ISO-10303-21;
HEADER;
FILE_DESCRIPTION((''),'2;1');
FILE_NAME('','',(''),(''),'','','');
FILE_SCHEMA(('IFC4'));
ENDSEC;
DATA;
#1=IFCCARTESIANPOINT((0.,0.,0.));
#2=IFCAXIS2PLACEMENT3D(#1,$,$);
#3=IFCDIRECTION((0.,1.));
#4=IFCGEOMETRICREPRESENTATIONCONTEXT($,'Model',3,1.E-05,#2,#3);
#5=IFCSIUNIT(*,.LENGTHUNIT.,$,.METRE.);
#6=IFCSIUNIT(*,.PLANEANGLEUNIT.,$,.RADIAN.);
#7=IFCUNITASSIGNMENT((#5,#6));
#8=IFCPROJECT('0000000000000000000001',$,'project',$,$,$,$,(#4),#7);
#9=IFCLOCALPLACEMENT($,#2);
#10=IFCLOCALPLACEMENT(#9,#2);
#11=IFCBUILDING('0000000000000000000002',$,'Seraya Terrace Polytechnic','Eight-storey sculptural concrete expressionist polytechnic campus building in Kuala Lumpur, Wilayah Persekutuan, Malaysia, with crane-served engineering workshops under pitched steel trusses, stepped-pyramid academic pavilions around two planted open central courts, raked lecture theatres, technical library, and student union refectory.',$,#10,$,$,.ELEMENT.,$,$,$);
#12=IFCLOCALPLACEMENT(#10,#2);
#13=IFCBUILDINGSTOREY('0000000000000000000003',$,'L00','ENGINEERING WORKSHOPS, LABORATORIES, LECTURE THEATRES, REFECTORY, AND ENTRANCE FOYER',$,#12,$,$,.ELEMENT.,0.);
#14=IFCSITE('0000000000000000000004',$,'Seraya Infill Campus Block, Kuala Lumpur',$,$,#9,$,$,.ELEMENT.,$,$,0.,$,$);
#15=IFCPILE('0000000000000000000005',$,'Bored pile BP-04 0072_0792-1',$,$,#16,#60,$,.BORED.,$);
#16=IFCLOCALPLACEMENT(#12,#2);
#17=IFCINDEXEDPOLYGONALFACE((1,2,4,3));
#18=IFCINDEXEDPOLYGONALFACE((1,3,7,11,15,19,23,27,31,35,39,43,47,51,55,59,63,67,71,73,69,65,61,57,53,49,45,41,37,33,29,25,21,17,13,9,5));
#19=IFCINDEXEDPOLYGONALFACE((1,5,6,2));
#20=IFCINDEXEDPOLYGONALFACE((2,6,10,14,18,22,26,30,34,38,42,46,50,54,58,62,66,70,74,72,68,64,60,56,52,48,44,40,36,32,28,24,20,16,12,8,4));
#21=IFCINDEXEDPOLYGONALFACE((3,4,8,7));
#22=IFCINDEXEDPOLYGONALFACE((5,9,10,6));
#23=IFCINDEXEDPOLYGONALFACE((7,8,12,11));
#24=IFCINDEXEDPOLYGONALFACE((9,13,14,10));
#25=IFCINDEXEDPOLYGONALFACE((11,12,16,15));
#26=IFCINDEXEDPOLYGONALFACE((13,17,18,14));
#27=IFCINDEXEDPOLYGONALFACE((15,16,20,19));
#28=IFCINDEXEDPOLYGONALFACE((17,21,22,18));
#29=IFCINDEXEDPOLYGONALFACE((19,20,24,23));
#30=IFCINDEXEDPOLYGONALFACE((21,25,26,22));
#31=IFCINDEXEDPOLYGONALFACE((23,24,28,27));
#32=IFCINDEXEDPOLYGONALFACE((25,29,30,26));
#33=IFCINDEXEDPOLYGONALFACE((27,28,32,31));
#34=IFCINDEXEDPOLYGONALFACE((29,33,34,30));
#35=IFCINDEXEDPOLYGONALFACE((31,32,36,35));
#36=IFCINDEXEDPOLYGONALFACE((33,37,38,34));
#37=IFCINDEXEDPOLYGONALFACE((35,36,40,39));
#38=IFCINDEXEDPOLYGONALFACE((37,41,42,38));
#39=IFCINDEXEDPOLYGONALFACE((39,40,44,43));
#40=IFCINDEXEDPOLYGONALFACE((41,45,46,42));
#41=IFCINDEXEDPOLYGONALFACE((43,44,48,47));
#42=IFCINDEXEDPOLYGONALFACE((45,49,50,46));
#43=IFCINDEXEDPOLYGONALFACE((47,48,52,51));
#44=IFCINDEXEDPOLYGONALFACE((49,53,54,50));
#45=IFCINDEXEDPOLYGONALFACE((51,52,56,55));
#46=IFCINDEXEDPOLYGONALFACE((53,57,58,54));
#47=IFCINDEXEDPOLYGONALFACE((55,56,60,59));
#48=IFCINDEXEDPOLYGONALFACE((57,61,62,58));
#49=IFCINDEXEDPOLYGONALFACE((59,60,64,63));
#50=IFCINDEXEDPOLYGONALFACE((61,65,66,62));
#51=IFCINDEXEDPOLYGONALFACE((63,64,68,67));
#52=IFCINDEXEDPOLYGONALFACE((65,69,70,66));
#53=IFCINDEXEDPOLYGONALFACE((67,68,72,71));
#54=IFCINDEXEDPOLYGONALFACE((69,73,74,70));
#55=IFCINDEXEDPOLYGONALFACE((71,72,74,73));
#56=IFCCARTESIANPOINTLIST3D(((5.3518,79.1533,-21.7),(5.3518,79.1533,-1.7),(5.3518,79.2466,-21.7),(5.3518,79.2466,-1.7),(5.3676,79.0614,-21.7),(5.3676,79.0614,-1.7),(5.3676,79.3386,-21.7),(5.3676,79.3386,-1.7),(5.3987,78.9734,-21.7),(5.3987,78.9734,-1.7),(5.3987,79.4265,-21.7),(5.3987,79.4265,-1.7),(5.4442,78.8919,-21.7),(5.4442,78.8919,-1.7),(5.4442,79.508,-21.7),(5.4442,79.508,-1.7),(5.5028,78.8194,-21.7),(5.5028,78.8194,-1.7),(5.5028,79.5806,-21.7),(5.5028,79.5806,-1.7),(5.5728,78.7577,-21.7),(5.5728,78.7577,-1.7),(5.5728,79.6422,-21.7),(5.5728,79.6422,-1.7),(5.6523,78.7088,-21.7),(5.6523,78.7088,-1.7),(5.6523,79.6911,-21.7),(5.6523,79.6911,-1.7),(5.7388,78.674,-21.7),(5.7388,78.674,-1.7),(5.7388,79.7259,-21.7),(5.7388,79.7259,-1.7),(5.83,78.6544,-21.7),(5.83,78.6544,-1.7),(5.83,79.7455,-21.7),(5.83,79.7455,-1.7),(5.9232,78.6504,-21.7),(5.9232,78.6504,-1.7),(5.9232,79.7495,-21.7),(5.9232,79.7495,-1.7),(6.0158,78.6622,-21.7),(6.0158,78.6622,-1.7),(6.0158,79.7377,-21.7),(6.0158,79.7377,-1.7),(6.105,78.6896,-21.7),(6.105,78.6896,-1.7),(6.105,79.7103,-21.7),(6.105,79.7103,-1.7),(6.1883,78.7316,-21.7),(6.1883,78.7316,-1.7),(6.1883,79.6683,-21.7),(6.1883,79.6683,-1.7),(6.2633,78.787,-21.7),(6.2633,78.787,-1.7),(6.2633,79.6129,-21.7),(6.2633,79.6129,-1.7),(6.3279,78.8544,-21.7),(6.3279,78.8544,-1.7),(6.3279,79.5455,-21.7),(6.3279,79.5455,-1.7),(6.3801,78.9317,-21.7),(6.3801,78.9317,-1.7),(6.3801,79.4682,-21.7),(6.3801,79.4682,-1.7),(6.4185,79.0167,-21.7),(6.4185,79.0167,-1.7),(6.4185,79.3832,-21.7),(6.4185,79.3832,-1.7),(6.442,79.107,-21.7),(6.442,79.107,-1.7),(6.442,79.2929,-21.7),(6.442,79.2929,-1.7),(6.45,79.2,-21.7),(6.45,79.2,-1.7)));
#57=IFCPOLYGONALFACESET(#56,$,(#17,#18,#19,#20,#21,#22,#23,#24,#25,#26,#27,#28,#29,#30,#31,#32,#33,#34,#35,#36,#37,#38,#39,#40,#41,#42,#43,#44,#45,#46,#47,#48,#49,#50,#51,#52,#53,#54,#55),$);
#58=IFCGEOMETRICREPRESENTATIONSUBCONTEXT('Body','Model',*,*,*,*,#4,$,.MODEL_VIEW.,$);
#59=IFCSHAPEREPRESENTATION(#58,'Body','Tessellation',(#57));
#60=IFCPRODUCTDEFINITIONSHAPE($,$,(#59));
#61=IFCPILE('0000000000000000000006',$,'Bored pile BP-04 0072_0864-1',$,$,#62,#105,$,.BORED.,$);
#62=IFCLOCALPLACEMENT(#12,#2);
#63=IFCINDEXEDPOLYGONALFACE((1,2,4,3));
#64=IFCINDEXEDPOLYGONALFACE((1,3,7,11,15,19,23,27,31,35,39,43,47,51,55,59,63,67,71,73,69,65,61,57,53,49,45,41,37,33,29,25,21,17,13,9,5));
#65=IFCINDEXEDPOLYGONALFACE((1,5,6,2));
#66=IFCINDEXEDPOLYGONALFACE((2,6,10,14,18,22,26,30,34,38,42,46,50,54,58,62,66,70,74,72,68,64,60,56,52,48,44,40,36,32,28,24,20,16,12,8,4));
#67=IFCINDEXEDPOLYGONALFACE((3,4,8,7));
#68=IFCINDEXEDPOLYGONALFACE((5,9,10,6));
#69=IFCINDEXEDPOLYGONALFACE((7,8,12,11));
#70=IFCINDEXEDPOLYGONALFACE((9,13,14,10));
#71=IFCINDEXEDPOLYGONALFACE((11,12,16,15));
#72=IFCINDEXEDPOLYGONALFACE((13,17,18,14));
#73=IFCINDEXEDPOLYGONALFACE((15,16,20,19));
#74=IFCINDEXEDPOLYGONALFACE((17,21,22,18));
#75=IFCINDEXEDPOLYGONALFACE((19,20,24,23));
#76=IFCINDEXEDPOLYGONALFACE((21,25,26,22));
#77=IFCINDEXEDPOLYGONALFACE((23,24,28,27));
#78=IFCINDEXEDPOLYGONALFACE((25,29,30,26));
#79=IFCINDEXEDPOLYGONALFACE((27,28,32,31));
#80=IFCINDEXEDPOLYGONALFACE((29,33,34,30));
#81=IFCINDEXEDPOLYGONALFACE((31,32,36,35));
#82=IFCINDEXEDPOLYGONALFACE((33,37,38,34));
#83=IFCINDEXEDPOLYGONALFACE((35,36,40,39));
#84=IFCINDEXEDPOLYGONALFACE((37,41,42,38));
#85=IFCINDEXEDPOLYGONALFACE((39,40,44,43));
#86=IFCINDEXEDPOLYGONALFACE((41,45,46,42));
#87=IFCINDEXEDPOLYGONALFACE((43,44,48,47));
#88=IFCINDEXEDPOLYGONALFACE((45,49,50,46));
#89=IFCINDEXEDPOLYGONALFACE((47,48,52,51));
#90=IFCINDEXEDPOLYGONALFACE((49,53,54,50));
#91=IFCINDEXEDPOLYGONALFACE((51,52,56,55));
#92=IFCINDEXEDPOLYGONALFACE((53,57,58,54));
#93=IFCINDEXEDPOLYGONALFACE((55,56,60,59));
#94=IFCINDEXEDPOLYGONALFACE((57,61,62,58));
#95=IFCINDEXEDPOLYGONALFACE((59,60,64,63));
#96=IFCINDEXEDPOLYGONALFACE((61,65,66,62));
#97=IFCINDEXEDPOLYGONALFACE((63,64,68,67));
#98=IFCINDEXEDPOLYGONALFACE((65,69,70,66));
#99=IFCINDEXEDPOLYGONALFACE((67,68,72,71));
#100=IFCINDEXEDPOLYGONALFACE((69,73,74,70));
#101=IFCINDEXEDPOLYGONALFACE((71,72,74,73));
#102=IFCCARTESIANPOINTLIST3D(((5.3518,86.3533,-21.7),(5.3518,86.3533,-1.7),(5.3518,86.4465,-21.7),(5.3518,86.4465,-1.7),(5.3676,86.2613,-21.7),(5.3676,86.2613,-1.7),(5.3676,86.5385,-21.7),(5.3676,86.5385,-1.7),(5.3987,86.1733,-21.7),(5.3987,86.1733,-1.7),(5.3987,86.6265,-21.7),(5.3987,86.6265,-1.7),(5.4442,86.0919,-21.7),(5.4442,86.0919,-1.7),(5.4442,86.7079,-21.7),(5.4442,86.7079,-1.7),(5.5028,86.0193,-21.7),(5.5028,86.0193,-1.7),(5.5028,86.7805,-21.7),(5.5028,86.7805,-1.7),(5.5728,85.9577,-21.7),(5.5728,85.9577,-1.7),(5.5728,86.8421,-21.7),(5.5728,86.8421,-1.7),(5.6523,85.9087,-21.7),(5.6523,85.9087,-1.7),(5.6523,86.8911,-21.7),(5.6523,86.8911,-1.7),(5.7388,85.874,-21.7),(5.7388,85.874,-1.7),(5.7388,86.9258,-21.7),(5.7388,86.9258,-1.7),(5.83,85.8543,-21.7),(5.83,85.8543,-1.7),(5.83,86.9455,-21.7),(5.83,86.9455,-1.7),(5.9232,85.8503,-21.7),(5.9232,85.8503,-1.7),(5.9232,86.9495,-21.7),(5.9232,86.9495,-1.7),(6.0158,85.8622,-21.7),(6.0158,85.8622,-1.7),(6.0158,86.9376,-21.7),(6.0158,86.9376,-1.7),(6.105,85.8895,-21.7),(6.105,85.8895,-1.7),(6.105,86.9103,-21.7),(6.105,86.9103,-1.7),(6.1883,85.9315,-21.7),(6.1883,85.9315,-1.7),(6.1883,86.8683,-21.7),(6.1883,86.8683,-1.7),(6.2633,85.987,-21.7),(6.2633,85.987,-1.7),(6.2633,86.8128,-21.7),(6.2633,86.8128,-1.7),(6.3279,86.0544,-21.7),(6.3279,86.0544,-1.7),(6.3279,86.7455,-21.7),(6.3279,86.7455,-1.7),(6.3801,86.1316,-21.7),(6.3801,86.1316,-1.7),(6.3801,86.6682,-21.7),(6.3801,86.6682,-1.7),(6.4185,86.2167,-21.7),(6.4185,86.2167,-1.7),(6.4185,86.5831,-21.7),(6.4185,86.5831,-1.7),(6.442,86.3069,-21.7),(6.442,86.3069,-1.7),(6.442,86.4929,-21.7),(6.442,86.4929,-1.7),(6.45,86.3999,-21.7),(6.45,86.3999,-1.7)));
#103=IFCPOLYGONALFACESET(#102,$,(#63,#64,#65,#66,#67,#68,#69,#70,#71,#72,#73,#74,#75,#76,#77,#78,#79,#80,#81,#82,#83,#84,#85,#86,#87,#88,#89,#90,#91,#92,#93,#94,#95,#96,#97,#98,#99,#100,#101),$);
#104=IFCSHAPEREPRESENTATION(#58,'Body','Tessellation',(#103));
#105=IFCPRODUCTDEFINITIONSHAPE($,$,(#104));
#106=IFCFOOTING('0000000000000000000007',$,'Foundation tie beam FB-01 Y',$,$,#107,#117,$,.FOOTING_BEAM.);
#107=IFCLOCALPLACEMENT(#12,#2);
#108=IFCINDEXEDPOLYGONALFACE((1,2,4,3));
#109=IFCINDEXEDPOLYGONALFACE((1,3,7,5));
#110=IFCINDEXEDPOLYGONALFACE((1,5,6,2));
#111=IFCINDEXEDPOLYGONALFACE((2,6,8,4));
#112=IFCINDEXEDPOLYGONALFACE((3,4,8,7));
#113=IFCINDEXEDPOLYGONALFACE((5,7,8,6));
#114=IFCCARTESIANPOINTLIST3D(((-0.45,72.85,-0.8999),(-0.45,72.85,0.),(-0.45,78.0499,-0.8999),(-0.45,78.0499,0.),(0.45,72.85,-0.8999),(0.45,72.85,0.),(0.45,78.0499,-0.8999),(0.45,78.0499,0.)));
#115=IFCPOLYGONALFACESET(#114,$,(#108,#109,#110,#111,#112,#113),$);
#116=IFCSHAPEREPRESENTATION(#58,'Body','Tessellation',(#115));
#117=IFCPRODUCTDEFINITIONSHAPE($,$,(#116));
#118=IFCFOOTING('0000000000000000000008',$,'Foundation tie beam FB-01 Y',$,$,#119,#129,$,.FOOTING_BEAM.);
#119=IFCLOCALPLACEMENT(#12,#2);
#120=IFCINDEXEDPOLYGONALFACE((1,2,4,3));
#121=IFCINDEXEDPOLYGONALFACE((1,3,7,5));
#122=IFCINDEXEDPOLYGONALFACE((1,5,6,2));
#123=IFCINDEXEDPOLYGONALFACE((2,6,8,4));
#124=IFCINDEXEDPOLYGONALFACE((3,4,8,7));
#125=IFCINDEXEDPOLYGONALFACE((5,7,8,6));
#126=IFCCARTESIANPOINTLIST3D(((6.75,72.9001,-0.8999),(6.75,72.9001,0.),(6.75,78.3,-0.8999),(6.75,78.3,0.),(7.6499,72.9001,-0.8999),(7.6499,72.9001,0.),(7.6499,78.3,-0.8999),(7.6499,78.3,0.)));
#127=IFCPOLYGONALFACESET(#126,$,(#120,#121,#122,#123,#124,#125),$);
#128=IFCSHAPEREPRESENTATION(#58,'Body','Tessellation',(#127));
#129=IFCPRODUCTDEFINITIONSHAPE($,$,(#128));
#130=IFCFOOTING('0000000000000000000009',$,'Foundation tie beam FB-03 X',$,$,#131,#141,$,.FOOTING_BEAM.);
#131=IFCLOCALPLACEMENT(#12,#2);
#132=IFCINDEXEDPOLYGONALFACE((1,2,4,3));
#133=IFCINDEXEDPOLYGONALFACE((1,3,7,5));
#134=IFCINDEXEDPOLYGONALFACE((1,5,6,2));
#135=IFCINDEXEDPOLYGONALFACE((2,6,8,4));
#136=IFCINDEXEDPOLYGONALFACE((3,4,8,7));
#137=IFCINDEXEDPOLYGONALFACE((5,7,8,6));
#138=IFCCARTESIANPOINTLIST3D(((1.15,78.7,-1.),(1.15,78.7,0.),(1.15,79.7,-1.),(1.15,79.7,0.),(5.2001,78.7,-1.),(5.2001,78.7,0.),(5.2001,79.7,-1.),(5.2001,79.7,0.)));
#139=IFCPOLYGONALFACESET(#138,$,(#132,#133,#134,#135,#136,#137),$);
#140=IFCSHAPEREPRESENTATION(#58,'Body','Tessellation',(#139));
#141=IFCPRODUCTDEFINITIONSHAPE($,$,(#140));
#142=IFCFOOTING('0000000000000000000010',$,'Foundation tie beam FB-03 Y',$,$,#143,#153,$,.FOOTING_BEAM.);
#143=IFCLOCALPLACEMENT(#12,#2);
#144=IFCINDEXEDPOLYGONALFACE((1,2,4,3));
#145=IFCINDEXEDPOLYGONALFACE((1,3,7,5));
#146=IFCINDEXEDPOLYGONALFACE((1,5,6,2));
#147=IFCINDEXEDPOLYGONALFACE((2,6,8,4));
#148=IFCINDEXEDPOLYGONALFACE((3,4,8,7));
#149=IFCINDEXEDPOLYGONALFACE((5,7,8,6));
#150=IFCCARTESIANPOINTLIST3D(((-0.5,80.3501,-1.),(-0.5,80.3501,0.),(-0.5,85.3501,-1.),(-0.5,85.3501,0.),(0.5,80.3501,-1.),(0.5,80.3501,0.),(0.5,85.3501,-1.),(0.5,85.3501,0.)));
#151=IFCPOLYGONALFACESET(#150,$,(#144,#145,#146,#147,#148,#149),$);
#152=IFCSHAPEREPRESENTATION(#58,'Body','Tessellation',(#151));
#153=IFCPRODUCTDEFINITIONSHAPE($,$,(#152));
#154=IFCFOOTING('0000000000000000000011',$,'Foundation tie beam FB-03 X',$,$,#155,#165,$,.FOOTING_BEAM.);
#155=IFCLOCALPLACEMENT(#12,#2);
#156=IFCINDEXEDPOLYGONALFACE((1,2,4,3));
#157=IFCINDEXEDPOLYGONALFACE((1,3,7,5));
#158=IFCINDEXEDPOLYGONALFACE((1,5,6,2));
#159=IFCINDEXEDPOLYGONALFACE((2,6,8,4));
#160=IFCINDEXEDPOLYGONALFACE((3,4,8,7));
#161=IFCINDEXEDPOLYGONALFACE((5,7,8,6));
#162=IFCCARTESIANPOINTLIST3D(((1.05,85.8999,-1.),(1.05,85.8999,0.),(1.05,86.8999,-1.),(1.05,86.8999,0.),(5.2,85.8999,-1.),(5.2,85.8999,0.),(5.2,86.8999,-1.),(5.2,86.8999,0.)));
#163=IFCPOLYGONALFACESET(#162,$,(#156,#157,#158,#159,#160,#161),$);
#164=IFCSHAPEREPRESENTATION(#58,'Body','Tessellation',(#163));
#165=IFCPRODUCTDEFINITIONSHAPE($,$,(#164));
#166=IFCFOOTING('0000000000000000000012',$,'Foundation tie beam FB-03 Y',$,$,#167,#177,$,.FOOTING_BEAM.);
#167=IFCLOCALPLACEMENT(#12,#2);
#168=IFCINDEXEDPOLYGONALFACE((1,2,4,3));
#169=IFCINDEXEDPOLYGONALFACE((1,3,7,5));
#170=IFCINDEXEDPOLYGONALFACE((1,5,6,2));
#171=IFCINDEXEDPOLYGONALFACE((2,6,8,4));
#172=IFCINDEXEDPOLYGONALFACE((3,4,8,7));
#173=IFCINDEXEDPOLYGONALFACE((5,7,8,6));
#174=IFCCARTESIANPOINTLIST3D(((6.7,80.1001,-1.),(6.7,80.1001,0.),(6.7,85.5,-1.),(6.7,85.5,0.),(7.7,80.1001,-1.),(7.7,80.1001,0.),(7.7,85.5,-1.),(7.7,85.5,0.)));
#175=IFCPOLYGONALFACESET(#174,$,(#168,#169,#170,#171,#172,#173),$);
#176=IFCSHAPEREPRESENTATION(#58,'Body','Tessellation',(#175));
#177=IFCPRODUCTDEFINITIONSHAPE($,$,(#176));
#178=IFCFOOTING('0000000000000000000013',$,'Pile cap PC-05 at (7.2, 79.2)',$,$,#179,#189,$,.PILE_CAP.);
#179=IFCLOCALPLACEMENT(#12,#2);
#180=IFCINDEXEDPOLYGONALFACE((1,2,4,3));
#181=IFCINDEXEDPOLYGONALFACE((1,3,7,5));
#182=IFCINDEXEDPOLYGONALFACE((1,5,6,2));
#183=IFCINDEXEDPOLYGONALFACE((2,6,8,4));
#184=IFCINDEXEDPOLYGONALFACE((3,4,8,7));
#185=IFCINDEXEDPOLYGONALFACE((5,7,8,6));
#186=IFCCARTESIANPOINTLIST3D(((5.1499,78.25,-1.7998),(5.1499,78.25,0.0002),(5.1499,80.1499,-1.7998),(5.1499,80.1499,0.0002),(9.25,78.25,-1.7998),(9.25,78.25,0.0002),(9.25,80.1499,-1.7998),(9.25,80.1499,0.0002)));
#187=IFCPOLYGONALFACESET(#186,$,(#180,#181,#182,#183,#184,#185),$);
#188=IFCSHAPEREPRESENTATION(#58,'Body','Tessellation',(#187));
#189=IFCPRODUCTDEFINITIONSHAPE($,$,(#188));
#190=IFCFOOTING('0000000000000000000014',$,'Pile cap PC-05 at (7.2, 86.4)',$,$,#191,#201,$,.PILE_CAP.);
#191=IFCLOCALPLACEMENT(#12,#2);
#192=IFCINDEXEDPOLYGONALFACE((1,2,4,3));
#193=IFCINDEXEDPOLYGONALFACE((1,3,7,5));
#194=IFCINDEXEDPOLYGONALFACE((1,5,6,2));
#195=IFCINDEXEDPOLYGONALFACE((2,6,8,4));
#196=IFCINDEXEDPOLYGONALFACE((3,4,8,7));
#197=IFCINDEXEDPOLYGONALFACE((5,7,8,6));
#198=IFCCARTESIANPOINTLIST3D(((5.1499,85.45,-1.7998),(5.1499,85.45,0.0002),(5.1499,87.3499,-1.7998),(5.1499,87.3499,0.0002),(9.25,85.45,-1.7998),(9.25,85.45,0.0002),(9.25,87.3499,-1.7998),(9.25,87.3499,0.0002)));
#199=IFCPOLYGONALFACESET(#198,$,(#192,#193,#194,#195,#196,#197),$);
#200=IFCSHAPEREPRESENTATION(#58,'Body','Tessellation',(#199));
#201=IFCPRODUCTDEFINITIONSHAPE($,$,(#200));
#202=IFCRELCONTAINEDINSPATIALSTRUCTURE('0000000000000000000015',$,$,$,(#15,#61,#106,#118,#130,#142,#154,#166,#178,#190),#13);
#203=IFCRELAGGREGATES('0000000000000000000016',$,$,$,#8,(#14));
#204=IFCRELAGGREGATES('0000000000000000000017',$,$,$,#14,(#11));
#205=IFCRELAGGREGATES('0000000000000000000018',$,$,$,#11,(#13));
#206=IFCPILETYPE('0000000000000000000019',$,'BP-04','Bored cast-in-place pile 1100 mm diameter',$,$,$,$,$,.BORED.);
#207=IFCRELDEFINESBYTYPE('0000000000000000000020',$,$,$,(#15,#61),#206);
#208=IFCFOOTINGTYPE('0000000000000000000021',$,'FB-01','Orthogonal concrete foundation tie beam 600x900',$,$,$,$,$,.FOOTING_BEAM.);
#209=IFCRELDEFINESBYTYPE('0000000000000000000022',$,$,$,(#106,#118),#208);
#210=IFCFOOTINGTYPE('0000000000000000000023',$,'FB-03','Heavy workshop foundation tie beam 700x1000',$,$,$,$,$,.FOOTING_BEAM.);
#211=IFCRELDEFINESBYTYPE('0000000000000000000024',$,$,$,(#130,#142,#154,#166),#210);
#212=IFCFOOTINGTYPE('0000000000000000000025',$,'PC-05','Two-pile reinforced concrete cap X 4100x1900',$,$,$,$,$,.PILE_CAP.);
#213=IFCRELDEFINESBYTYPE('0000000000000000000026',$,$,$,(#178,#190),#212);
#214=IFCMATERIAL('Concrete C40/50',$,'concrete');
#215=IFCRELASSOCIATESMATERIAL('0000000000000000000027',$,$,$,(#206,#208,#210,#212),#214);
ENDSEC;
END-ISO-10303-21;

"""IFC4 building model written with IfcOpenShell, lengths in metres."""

from ifc_helpers import new_model, si_unit, direction, frame, origin, origin_2d, place, context, subcontext, project, spatial, rectangle, circle, extrude, material, material_profile, profile_set, type_object, element, save


model = new_model("IFC4")

# Units and contexts
model_context = context("Model", 3, precision=1e-05, world=origin(), true_north=direction((0.0, 1.0)))
body_context = subcontext(model_context, "Body", "Model", "MODEL_VIEW")
ifc_project = project(units=[si_unit("LENGTHUNIT", "METRE"), si_unit("PLANEANGLEUNIT", "RADIAN")], contexts=[model_context])

# Site, building, storey
site_placement = place(None, origin())
site = spatial("IfcSite", under=ifc_project, at=site_placement, Name="Seraya Infill Campus Block, Kuala Lumpur", CompositionType="ELEMENT", RefElevation=0.0)
building_placement = place(site_placement, origin())
building = spatial("IfcBuilding", under=site, at=building_placement, Name="Seraya Terrace Polytechnic", Description="Eight-storey sculptural concrete expressionist polytechnic campus building in Kuala Lumpur, Wilayah Persekutuan, Malaysia, with crane-served engineering workshops under pitched steel trusses, stepped-pyramid academic pavilions around two planted open central courts, raked lecture theatres, technical library, and student union refectory.", CompositionType="ELEMENT")
storey_placement = place(building_placement, origin())
storey = spatial("IfcBuildingStorey", under=building, at=storey_placement, Name="L00", Description="ENGINEERING WORKSHOPS, LABORATORIES, LECTURE THEATRES, REFECTORY, AND ENTRANCE FOYER", CompositionType="ELEMENT", Elevation=0.0)

# Piles
ifc_material_1 = material(Name="Concrete C40/50", Category="concrete")
ifc_material_profile_1 = material_profile(ifc_material_1, circle(Radius=0.55, at=origin_2d()), Name="DIA 1100")
ifc_profile_set_1 = profile_set([ifc_material_profile_1], Name="Concrete C40/50")
pile_type = type_object("IfcPileType", Name="BP-04", Description="Bored cast-in-place pile 1100 mm diameter", PredefinedType="BORED", material=ifc_profile_set_1)
for number, where, z_axis, x_axis, name in (
    (1, (5.8999, 79.2, -1.7), (0.0, 0.0, -1.0), (1.0, 0.0, 0.0), "Bored pile BP-04 0072_0792-1"),
    (2, (5.8999, 86.3999, -1.7), (0.0, 0.0, -1.0), (1.0, 0.0, 0.0), "Bored pile BP-04 0072_0864-1"),
):
    element("IfcPile", number, at=place(storey_placement, frame(where, z_axis=z_axis, x_axis=x_axis)), inside=storey, type_object=pile_type, Name=name, PredefinedType="BORED", context=body_context, shape_type="SweptSolid", body=[
        extrude(circle(Radius=0.55, at=origin_2d()), origin(), (0.0, 0.0, 1.0), 20.0),
    ])

# Footings
footing_type_1 = type_object("IfcFootingType", Name="FB-01", Description="Orthogonal concrete foundation tie beam 600x900", PredefinedType="FOOTING_BEAM", material=ifc_material_1)
footing_1_placement = place(storey_placement, frame((0.0, 75.45, -0.8999), z_axis=(0.0, 0.0, 1.0), x_axis=(0.0, 1.0, 0.0)))
element("IfcFooting", 3, at=footing_1_placement, inside=storey, type_object=footing_type_1, Name="Foundation tie beam FB-01 Y", PredefinedType="FOOTING_BEAM", context=body_context, shape_type="SweptSolid", body=[
    extrude(rectangle(XDim=5.2, YDim=0.8999, at=origin_2d()), origin(), (0.0, 0.0, 1.0), 0.8999),
])
footing_2_placement = place(storey_placement, frame((7.2, 75.6001, -0.8999), z_axis=(0.0, 0.0, 1.0), x_axis=(0.0, 1.0, 0.0)))
element("IfcFooting", 4, at=footing_2_placement, inside=storey, type_object=footing_type_1, Name="Foundation tie beam FB-01 Y", PredefinedType="FOOTING_BEAM", context=body_context, shape_type="SweptSolid", body=[
    extrude(rectangle(XDim=5.3999, YDim=0.8999, at=origin_2d()), origin(), (0.0, 0.0, 1.0), 0.8999),
])
footing_type_2 = type_object("IfcFootingType", Name="FB-03", Description="Heavy workshop foundation tie beam 700x1000", PredefinedType="FOOTING_BEAM", material=ifc_material_1)
footing_3_placement = place(storey_placement, frame((3.175, 79.2, -1.0), z_axis=(0.0, 0.0, 1.0), x_axis=(1.0, 0.0, 0.0)))
element("IfcFooting", 5, at=footing_3_placement, inside=storey, type_object=footing_type_2, Name="Foundation tie beam FB-03 X", PredefinedType="FOOTING_BEAM", context=body_context, shape_type="SweptSolid", body=[
    extrude(rectangle(XDim=4.05, YDim=1.0, at=origin_2d()), origin(), (0.0, 0.0, 1.0), 1.0),
])
footing_4_placement = place(storey_placement, frame((0.0, 82.8501, -1.0), z_axis=(0.0, 0.0, 1.0), x_axis=(0.0, 1.0, 0.0)))
element("IfcFooting", 6, at=footing_4_placement, inside=storey, type_object=footing_type_2, Name="Foundation tie beam FB-03 Y", PredefinedType="FOOTING_BEAM", context=body_context, shape_type="SweptSolid", body=[
    extrude(rectangle(XDim=5.0, YDim=1.0, at=origin_2d()), origin(), (0.0, 0.0, 1.0), 1.0),
])
footing_5_placement = place(storey_placement, frame((3.125, 86.3999, -1.0), z_axis=(0.0, 0.0, 1.0), x_axis=(1.0, 0.0, 0.0)))
element("IfcFooting", 7, at=footing_5_placement, inside=storey, type_object=footing_type_2, Name="Foundation tie beam FB-03 X", PredefinedType="FOOTING_BEAM", context=body_context, shape_type="SweptSolid", body=[
    extrude(rectangle(XDim=4.1499, YDim=1.0, at=origin_2d()), origin(), (0.0, 0.0, 1.0), 1.0),
])
footing_6_placement = place(storey_placement, frame((7.2, 82.8, -1.0), z_axis=(0.0, 0.0, 1.0), x_axis=(0.0, 1.0, 0.0)))
element("IfcFooting", 8, at=footing_6_placement, inside=storey, type_object=footing_type_2, Name="Foundation tie beam FB-03 Y", PredefinedType="FOOTING_BEAM", context=body_context, shape_type="SweptSolid", body=[
    extrude(rectangle(XDim=5.3999, YDim=1.0, at=origin_2d()), origin(), (0.0, 0.0, 1.0), 1.0),
])
footing_type_3 = type_object("IfcFootingType", Name="PC-05", Description="Two-pile reinforced concrete cap X 4100x1900", PredefinedType="PILE_CAP", material=ifc_material_1)
for number, where, z_axis, x_axis, name in (
    (9, (7.2, 79.2, -1.7998), (0.0, 0.0, 1.0), (1.0, 0.0, 0.0), "Pile cap PC-05 at (7.2, 79.2)"),
    (10, (7.2, 86.3999, -1.7998), (0.0, 0.0, 1.0), (1.0, 0.0, 0.0), "Pile cap PC-05 at (7.2, 86.4)"),
):
    element("IfcFooting", number, at=place(storey_placement, frame(where, z_axis=z_axis, x_axis=x_axis)), inside=storey, type_object=footing_type_3, Name=name, PredefinedType="PILE_CAP", context=body_context, shape_type="SweptSolid", body=[
        extrude(rectangle(XDim=4.1001, YDim=1.8999, at=origin_2d()), origin(), (0.0, 0.0, 1.0), 1.8),
    ])

save(model, "model.ifc")
